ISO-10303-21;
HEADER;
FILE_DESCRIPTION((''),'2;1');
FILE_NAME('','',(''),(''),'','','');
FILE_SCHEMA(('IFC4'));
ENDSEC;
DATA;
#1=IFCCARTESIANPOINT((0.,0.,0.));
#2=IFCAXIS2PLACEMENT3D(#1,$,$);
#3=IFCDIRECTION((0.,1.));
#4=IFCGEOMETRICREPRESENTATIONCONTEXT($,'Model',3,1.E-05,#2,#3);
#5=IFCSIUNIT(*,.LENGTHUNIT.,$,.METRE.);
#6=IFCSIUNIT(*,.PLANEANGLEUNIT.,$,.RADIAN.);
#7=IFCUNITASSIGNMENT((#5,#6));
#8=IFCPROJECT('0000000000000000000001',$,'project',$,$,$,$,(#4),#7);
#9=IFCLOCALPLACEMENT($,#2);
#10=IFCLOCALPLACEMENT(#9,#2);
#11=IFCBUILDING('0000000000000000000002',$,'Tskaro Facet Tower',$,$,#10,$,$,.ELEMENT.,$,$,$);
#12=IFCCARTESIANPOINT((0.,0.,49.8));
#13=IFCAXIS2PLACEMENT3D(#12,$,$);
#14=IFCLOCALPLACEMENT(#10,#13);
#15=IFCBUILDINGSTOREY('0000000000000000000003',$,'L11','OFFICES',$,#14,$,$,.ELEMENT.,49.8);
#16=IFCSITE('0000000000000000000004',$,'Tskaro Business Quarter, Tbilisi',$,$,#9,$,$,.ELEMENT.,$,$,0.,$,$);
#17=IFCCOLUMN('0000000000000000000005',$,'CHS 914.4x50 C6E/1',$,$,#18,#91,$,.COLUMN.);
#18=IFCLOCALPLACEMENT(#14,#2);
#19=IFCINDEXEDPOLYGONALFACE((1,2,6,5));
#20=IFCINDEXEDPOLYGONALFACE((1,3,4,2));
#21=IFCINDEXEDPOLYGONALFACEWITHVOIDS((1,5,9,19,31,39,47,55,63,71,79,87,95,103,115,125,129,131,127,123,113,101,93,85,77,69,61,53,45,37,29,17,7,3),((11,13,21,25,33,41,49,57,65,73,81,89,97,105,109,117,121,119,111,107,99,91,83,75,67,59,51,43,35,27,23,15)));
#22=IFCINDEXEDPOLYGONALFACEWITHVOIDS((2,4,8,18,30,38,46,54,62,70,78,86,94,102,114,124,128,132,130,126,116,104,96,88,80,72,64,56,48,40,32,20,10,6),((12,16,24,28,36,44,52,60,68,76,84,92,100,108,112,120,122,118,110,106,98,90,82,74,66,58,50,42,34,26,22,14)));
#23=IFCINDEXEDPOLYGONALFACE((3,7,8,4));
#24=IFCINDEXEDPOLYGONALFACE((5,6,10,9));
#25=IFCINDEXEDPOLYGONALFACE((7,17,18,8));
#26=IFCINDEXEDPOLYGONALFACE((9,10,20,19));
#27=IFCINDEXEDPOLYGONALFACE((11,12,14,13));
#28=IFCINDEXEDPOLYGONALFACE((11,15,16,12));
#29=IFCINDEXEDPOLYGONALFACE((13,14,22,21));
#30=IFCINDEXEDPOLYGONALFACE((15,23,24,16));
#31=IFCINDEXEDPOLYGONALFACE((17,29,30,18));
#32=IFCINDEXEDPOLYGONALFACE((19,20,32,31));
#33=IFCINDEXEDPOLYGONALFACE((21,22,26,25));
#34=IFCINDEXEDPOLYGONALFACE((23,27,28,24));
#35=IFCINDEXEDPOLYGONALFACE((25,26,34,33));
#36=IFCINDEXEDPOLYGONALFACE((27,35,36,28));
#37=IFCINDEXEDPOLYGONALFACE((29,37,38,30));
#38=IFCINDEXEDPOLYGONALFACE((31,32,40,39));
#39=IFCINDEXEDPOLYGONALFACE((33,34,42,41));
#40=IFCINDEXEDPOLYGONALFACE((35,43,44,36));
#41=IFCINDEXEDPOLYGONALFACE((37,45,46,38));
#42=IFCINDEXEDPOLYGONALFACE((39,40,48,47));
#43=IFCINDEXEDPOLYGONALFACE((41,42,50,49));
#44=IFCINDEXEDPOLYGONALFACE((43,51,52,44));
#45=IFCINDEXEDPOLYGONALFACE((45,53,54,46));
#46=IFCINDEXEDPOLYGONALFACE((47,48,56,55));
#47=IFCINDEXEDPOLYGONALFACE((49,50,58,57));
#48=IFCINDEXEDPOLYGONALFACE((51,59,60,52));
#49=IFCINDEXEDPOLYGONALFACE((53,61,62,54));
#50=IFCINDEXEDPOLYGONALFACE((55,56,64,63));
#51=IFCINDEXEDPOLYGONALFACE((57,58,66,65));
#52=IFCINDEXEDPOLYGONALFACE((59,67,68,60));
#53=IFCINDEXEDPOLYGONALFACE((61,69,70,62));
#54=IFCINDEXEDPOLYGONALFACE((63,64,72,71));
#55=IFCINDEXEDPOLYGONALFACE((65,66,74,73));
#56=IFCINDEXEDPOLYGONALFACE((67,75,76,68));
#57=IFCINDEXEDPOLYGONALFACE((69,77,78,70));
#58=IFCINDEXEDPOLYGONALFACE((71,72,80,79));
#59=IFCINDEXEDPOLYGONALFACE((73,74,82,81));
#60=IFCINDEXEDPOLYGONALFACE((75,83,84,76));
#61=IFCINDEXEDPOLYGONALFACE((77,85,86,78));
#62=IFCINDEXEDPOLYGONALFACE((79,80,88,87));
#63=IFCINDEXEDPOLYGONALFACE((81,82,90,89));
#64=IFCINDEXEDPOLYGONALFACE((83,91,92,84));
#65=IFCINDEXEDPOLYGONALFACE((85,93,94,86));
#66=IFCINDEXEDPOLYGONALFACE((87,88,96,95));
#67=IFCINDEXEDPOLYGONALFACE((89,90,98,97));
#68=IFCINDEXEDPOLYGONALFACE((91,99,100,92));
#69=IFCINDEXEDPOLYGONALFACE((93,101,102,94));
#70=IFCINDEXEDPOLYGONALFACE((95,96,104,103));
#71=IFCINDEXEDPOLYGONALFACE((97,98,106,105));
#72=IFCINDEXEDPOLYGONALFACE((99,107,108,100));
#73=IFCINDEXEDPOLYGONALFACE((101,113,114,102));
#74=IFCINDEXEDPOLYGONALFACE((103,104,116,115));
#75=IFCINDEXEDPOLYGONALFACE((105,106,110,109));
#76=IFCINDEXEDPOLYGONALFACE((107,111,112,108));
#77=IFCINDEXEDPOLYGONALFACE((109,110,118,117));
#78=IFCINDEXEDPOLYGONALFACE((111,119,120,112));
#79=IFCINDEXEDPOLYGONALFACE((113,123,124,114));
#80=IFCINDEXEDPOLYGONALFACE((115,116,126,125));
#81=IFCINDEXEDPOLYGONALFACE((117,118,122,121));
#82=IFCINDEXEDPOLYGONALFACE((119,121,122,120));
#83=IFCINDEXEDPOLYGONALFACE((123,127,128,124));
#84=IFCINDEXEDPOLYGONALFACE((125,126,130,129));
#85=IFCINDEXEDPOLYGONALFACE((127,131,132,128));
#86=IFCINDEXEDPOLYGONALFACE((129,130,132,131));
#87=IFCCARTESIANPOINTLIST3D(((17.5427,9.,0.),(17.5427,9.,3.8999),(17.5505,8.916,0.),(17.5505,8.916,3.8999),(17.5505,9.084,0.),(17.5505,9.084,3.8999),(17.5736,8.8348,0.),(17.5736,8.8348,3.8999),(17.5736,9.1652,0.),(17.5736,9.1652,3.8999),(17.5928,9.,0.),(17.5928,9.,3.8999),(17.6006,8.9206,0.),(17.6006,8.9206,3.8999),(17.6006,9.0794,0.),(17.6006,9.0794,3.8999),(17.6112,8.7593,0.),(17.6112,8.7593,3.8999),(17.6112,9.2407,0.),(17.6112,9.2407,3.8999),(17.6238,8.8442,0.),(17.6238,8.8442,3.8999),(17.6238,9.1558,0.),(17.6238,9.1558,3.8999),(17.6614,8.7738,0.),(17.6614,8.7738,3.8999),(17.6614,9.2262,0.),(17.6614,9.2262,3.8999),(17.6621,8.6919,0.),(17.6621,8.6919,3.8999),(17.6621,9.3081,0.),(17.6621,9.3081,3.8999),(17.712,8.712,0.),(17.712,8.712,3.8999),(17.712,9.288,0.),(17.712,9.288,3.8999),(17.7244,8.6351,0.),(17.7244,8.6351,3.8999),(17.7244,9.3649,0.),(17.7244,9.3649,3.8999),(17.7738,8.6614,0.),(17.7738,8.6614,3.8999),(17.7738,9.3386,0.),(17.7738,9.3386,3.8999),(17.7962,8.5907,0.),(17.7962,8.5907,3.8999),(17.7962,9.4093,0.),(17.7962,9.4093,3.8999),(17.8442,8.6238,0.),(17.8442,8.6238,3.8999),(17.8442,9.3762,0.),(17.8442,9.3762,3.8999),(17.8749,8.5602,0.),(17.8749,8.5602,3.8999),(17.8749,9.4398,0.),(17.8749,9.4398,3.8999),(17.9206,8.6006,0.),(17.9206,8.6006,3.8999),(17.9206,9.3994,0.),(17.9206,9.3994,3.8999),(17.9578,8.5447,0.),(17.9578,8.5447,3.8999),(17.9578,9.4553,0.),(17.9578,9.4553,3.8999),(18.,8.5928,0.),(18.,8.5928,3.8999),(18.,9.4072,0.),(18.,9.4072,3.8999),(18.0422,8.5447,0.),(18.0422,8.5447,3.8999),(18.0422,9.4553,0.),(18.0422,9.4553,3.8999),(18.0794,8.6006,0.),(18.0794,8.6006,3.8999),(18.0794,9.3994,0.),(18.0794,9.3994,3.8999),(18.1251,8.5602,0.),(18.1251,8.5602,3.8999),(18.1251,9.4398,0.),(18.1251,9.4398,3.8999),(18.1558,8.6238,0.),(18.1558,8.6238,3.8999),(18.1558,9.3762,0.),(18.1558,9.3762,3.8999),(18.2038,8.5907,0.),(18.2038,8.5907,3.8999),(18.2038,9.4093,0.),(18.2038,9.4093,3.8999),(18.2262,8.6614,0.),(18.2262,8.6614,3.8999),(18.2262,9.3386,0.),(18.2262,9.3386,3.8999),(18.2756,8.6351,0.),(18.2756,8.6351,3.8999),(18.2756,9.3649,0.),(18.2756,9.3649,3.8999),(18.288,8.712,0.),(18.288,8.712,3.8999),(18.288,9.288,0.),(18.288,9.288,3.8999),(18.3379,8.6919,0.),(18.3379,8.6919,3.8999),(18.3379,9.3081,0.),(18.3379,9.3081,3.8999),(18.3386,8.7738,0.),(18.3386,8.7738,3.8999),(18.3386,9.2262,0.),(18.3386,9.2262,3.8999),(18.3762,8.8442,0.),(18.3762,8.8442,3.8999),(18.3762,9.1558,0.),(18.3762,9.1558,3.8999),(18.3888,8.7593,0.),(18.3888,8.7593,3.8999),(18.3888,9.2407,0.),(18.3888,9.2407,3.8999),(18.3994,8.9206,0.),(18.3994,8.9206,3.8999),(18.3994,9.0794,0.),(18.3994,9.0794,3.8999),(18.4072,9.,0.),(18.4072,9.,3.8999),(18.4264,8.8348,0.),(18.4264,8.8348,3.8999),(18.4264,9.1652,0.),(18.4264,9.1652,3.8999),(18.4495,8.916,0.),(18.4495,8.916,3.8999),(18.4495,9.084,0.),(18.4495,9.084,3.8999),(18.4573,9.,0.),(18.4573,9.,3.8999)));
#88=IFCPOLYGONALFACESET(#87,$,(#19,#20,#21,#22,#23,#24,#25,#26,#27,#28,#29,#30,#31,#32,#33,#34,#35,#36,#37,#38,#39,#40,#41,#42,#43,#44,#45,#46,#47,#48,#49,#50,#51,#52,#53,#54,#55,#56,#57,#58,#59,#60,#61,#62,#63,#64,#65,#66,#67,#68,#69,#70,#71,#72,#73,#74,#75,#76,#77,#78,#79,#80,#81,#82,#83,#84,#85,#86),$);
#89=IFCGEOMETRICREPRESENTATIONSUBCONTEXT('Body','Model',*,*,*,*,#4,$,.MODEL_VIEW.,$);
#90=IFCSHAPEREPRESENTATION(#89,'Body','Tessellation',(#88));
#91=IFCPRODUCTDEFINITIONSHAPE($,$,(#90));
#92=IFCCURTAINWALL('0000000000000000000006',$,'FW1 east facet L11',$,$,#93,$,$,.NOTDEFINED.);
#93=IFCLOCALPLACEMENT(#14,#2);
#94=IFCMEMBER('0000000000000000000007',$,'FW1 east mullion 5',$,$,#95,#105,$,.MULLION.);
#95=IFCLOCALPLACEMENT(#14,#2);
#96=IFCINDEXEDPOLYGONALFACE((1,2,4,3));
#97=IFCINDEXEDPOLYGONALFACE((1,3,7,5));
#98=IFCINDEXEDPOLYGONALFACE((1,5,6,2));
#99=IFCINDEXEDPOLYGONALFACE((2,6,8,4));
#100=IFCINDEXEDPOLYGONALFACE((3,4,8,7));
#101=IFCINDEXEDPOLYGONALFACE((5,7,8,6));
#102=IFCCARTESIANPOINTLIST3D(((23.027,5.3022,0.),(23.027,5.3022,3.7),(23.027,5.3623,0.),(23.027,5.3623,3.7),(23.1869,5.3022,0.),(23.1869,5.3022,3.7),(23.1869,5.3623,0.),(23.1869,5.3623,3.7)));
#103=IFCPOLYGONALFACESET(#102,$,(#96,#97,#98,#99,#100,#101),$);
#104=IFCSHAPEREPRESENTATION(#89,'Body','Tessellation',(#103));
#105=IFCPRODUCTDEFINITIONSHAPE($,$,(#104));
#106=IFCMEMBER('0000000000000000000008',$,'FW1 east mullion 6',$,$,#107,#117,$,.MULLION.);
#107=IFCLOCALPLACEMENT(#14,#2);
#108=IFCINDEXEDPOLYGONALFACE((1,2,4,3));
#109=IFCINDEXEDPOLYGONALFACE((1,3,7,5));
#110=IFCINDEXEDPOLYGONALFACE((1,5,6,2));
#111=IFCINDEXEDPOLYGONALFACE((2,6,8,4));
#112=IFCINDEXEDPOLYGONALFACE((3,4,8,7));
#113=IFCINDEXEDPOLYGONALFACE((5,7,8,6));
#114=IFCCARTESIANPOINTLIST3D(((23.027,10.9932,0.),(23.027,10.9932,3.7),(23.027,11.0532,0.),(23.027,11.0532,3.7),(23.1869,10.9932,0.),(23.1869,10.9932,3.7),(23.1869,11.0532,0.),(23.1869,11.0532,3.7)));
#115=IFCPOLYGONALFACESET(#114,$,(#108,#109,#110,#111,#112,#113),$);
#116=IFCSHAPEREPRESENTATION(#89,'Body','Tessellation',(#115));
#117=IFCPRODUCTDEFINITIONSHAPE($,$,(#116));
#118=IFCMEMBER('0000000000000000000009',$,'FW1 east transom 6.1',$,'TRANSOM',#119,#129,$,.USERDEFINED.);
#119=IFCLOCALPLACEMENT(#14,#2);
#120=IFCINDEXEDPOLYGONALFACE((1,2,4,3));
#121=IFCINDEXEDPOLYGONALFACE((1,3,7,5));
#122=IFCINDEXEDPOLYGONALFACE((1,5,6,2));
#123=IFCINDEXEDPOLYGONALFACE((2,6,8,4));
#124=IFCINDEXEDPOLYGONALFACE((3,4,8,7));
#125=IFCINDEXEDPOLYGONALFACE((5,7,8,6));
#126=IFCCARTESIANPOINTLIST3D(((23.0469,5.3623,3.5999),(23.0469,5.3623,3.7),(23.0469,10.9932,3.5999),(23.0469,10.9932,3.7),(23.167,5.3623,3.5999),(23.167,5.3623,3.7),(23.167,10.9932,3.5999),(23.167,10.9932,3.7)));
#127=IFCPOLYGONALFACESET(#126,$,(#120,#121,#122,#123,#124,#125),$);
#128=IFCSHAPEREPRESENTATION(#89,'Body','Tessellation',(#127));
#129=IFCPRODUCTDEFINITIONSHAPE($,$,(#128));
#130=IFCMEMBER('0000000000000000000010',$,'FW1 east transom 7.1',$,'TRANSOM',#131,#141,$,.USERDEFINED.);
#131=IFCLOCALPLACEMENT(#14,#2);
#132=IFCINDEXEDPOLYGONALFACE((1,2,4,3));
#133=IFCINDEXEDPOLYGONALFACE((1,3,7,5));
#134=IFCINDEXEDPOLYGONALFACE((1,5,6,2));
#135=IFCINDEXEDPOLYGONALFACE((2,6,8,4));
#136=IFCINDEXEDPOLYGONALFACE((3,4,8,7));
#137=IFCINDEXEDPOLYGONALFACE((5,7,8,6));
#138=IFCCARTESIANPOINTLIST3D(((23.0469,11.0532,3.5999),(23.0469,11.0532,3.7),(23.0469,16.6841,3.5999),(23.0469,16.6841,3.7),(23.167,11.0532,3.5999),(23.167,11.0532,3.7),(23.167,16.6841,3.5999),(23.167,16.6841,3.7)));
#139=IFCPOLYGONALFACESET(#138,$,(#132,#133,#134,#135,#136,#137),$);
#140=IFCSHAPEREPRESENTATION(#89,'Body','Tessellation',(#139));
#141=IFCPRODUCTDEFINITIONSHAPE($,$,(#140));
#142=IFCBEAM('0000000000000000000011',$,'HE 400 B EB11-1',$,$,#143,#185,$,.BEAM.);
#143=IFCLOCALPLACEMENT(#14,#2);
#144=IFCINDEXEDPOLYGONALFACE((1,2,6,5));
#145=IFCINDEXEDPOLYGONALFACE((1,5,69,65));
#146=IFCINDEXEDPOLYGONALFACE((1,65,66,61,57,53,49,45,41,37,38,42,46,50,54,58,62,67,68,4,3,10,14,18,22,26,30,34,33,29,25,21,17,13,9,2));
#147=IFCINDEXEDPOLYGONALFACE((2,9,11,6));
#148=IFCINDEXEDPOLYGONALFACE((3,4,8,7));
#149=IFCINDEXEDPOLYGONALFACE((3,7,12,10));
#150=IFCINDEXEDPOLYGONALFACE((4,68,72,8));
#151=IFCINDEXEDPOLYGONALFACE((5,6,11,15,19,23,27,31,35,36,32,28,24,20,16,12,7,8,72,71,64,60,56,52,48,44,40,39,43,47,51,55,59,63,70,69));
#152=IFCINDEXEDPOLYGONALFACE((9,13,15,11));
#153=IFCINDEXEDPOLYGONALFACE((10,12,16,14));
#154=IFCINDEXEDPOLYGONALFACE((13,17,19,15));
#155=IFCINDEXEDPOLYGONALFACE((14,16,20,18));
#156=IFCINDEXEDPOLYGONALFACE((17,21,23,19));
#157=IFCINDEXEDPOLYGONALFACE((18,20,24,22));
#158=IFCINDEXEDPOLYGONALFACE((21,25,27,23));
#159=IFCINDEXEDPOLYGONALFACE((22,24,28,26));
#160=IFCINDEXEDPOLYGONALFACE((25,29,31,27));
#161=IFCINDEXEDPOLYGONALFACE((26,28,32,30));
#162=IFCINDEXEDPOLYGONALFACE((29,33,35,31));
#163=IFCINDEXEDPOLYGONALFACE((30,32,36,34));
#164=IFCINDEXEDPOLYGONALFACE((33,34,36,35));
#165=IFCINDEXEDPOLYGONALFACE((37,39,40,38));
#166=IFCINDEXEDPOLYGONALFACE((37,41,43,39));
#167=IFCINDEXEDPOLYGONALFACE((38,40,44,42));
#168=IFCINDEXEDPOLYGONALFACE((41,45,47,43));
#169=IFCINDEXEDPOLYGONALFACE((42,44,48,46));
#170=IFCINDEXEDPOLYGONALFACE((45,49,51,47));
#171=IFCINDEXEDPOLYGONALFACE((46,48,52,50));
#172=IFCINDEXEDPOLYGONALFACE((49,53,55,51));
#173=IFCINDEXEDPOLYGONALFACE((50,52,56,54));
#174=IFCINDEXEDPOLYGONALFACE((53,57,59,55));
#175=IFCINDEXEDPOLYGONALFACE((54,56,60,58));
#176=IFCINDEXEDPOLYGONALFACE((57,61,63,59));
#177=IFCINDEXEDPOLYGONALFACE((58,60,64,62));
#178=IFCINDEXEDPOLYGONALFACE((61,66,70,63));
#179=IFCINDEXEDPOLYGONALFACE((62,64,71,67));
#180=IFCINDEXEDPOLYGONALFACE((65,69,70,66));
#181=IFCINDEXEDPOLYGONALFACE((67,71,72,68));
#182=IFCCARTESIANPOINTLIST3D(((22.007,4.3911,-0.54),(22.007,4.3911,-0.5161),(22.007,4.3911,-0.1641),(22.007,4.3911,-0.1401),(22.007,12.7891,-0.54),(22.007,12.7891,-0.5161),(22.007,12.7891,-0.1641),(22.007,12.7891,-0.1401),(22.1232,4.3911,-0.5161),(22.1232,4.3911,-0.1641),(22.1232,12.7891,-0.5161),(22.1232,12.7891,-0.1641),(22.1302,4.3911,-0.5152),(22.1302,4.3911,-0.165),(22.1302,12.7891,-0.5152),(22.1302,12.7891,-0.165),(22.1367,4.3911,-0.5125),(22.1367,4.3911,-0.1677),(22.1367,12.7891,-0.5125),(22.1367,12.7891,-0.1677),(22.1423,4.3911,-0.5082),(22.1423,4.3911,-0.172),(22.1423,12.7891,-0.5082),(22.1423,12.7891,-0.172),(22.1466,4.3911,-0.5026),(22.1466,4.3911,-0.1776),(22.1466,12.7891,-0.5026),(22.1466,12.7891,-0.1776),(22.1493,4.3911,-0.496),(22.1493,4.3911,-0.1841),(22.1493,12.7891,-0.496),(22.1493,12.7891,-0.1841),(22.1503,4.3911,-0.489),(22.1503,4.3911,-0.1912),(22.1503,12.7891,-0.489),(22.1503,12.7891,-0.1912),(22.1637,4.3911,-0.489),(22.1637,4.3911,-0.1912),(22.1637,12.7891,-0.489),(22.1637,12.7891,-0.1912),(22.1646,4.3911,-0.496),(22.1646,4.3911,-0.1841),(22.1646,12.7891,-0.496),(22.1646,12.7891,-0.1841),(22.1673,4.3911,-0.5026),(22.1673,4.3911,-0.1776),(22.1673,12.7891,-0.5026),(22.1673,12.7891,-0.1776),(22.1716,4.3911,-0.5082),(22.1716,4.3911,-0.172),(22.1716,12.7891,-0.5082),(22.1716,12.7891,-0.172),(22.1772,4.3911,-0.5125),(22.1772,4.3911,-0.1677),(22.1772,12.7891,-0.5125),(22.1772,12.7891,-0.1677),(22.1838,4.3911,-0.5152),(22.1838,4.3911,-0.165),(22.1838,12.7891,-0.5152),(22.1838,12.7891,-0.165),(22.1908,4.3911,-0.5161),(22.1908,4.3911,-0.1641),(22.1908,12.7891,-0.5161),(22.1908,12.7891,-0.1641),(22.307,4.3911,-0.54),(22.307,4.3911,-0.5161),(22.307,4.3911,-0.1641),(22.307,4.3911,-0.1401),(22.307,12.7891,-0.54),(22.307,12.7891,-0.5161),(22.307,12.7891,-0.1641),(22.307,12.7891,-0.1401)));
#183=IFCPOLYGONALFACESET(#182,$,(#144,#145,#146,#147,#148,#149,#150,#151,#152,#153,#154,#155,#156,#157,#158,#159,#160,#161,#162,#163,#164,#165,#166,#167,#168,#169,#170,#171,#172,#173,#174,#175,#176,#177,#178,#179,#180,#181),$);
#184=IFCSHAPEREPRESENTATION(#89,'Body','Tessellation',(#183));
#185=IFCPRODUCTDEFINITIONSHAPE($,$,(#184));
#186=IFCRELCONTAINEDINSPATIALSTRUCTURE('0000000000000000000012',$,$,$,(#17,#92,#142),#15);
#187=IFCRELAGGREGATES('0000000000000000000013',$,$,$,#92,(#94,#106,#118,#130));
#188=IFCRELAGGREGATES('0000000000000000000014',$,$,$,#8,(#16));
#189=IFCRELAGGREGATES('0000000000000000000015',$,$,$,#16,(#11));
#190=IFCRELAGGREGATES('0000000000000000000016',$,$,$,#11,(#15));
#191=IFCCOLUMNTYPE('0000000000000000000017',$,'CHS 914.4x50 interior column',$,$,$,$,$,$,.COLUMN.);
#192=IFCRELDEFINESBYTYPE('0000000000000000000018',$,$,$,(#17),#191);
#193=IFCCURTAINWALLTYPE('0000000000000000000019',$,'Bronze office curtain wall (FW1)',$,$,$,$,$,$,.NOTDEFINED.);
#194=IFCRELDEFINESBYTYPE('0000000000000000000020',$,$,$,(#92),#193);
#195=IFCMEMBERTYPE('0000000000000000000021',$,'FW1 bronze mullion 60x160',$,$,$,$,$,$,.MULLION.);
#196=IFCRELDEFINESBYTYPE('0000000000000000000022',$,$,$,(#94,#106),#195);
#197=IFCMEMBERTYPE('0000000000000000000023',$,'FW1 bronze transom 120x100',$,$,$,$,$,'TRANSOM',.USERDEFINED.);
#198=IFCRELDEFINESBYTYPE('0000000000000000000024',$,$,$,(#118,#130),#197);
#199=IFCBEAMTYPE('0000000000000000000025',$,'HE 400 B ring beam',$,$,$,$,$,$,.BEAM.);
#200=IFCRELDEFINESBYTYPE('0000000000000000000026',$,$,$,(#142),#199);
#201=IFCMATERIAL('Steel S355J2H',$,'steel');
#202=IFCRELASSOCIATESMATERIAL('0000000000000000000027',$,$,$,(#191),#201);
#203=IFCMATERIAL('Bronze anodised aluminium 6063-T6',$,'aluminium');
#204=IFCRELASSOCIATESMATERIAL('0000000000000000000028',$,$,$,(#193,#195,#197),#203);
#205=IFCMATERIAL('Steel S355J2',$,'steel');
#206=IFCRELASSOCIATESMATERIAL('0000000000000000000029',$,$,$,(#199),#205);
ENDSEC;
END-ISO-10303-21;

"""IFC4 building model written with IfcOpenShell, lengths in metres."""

from ifc_helpers import new_model, si_unit, direction, frame, origin, origin_2d, place, context, subcontext, project, spatial, rectangle, hollow_circle, i_section, extrude, material, material_profile, profile_set, type_object, element, aggregate, save


model = new_model("IFC4")

# Units and contexts
model_context = context("Model", 3, precision=1e-05, world=origin(), true_north=direction((0.0, 1.0)))
body_context = subcontext(model_context, "Body", "Model", "MODEL_VIEW")
ifc_project = project(units=[si_unit("LENGTHUNIT", "METRE"), si_unit("PLANEANGLEUNIT", "RADIAN")], contexts=[model_context])

# Site, building, storey
site_placement = place(None, origin())
site = spatial("IfcSite", under=ifc_project, at=site_placement, Name="Tskaro Business Quarter, Tbilisi", CompositionType="ELEMENT", RefElevation=0.0)
building_placement = place(site_placement, origin())
building = spatial("IfcBuilding", under=site, at=building_placement, Name="Tskaro Facet Tower", CompositionType="ELEMENT")
storey_placement = place(building_placement, frame((0.0, 0.0, 49.8)))
storey = spatial("IfcBuildingStorey", under=building, at=storey_placement, Name="L11", Description="OFFICES", CompositionType="ELEMENT", Elevation=49.8)

# Column
ifc_material_1 = material(Name="Steel S355J2H", Category="steel")
ifc_material_profile_1 = material_profile(ifc_material_1, hollow_circle(Radius=0.4573, WallThickness=0.05, at=origin_2d()), Name="CHS 914.4x50")
ifc_profile_set_1 = profile_set([ifc_material_profile_1], Name="Steel S355J2H")
column_type_1 = type_object("IfcColumnType", Name="CHS 914.4x50 interior column", PredefinedType="COLUMN", material=ifc_profile_set_1)
for number, where, z_axis, x_axis, name in (
    (1, (18.0, 9.0, 0.0), (0.0, 0.0, 1.0), (1.0, 0.0, 0.0), "CHS 914.4x50 C6E/1"),
):
    element("IfcColumn", number, at=place(storey_placement, frame(where, z_axis=z_axis, x_axis=x_axis)), inside=storey, type_object=column_type_1, Name=name, PredefinedType="COLUMN", context=body_context, shape_type="SweptSolid", body=[
        extrude(hollow_circle(Radius=0.4573, WallThickness=0.05, at=origin_2d()), origin(), (0.0, 0.0, 1.0), 3.8999),
    ])

# Curtain wall, members
ifc_material_2 = material(Name="Bronze anodised aluminium 6063-T6", Category="aluminium")
curtain_wall_type = type_object("IfcCurtainWallType", Name="Bronze office curtain wall (FW1)", PredefinedType="NOTDEFINED", material=ifc_material_2)
curtain_wall_placement = place(storey_placement, origin())
curtain_wall = element("IfcCurtainWall", 2, at=curtain_wall_placement, inside=storey, type_object=curtain_wall_type, Name="FW1 east facet L11", PredefinedType="NOTDEFINED")
ifc_material_profile_2 = material_profile(ifc_material_2, rectangle(XDim=0.0601, YDim=0.1599, at=origin_2d()), Name="Mullion 60x160")
ifc_profile_set_2 = profile_set([ifc_material_profile_2], Name="Bronze anodised aluminium 6063-T6")
member_type_1 = type_object("IfcMemberType", Name="FW1 bronze mullion 60x160", PredefinedType="MULLION", material=ifc_profile_set_2)
member_1_placement = place(storey_placement, frame((23.1069, 5.3323, 0.0), z_axis=(0.0, 0.0, 1.0), x_axis=(0.0, 1.0, 0.0)))
member_1 = element("IfcMember", 3, at=member_1_placement, type_object=member_type_1, Name="FW1 east mullion 5", PredefinedType="MULLION", context=body_context, shape_type="SweptSolid", body=[
    extrude(rectangle(XDim=0.0601, YDim=0.1599, at=origin_2d()), origin(), (0.0, 0.0, 1.0), 3.7),
])
member_2_placement = place(storey_placement, frame((23.1069, 11.0232, 0.0), z_axis=(0.0, 0.0, 1.0), x_axis=(0.0, 1.0, 0.0)))
member_2 = element("IfcMember", 4, at=member_2_placement, type_object=member_type_1, Name="FW1 east mullion 6", PredefinedType="MULLION", context=body_context, shape_type="SweptSolid", body=[
    extrude(rectangle(XDim=0.0601, YDim=0.1599, at=origin_2d()), origin(), (0.0, 0.0, 1.0), 3.7),
])
ifc_material_profile_3 = material_profile(ifc_material_2, rectangle(XDim=0.1201, YDim=0.1001, at=origin_2d()), Name="Transom 120x100")
ifc_profile_set_3 = profile_set([ifc_material_profile_3], Name="Bronze anodised aluminium 6063-T6")
member_type_2 = type_object("IfcMemberType", Name="FW1 bronze transom 120x100", ElementType="TRANSOM", PredefinedType="USERDEFINED", material=ifc_profile_set_3)
member_3_placement = place(storey_placement, frame((23.1069, 5.3623, 3.6499), z_axis=(0.0, 1.0, 0.0), x_axis=(-1.0, 0.0, 0.0)))
member_3 = element("IfcMember", 5, at=member_3_placement, type_object=member_type_2, Name="FW1 east transom 6.1", ObjectType="TRANSOM", PredefinedType="USERDEFINED", context=body_context, shape_type="SweptSolid", body=[
    extrude(rectangle(XDim=0.1201, YDim=0.1001, at=origin_2d()), origin(), (0.0, 0.0, 1.0), 5.6309),
])
member_4_placement = place(storey_placement, frame((23.1069, 11.0532, 3.6499), z_axis=(0.0, 1.0, 0.0), x_axis=(-1.0, 0.0, 0.0)))
member_4 = element("IfcMember", 6, at=member_4_placement, type_object=member_type_2, Name="FW1 east transom 7.1", ObjectType="TRANSOM", PredefinedType="USERDEFINED", context=body_context, shape_type="SweptSolid", body=[
    extrude(rectangle(XDim=0.1201, YDim=0.1001, at=origin_2d()), origin(), (0.0, 0.0, 1.0), 5.6309),
])

# Beam
ifc_material_3 = material(Name="Steel S355J2", Category="steel")
ifc_material_profile_4 = material_profile(ifc_material_3, i_section(OverallWidth=0.3, OverallDepth=0.3999, WebThickness=0.0134, FlangeThickness=0.0239, FilletRadius=0.0271, at=origin_2d()), Name="HE 400 B")
ifc_profile_set_4 = profile_set([ifc_material_profile_4], Name="Steel S355J2")
beam_type_1 = type_object("IfcBeamType", Name="HE 400 B ring beam", PredefinedType="BEAM", material=ifc_profile_set_4)
beam_1_placement = place(storey_placement, frame((22.157, 4.3911, -0.3401), z_axis=(0.0, 1.0, 0.0), x_axis=(-1.0, 0.0, 0.0)))
element("IfcBeam", 7, at=beam_1_placement, inside=storey, type_object=beam_type_1, Name="HE 400 B EB11-1", PredefinedType="BEAM", context=body_context, shape_type="SweptSolid", body=[
    extrude(i_section(OverallWidth=0.3, OverallDepth=0.3999, WebThickness=0.0134, FlangeThickness=0.0239, FilletRadius=0.0271, at=origin_2d()), origin(), (0.0, 0.0, 1.0), 8.3979),
])

aggregate(curtain_wall, [member_1, member_2, member_3, member_4])

save(model, "model.ifc")
